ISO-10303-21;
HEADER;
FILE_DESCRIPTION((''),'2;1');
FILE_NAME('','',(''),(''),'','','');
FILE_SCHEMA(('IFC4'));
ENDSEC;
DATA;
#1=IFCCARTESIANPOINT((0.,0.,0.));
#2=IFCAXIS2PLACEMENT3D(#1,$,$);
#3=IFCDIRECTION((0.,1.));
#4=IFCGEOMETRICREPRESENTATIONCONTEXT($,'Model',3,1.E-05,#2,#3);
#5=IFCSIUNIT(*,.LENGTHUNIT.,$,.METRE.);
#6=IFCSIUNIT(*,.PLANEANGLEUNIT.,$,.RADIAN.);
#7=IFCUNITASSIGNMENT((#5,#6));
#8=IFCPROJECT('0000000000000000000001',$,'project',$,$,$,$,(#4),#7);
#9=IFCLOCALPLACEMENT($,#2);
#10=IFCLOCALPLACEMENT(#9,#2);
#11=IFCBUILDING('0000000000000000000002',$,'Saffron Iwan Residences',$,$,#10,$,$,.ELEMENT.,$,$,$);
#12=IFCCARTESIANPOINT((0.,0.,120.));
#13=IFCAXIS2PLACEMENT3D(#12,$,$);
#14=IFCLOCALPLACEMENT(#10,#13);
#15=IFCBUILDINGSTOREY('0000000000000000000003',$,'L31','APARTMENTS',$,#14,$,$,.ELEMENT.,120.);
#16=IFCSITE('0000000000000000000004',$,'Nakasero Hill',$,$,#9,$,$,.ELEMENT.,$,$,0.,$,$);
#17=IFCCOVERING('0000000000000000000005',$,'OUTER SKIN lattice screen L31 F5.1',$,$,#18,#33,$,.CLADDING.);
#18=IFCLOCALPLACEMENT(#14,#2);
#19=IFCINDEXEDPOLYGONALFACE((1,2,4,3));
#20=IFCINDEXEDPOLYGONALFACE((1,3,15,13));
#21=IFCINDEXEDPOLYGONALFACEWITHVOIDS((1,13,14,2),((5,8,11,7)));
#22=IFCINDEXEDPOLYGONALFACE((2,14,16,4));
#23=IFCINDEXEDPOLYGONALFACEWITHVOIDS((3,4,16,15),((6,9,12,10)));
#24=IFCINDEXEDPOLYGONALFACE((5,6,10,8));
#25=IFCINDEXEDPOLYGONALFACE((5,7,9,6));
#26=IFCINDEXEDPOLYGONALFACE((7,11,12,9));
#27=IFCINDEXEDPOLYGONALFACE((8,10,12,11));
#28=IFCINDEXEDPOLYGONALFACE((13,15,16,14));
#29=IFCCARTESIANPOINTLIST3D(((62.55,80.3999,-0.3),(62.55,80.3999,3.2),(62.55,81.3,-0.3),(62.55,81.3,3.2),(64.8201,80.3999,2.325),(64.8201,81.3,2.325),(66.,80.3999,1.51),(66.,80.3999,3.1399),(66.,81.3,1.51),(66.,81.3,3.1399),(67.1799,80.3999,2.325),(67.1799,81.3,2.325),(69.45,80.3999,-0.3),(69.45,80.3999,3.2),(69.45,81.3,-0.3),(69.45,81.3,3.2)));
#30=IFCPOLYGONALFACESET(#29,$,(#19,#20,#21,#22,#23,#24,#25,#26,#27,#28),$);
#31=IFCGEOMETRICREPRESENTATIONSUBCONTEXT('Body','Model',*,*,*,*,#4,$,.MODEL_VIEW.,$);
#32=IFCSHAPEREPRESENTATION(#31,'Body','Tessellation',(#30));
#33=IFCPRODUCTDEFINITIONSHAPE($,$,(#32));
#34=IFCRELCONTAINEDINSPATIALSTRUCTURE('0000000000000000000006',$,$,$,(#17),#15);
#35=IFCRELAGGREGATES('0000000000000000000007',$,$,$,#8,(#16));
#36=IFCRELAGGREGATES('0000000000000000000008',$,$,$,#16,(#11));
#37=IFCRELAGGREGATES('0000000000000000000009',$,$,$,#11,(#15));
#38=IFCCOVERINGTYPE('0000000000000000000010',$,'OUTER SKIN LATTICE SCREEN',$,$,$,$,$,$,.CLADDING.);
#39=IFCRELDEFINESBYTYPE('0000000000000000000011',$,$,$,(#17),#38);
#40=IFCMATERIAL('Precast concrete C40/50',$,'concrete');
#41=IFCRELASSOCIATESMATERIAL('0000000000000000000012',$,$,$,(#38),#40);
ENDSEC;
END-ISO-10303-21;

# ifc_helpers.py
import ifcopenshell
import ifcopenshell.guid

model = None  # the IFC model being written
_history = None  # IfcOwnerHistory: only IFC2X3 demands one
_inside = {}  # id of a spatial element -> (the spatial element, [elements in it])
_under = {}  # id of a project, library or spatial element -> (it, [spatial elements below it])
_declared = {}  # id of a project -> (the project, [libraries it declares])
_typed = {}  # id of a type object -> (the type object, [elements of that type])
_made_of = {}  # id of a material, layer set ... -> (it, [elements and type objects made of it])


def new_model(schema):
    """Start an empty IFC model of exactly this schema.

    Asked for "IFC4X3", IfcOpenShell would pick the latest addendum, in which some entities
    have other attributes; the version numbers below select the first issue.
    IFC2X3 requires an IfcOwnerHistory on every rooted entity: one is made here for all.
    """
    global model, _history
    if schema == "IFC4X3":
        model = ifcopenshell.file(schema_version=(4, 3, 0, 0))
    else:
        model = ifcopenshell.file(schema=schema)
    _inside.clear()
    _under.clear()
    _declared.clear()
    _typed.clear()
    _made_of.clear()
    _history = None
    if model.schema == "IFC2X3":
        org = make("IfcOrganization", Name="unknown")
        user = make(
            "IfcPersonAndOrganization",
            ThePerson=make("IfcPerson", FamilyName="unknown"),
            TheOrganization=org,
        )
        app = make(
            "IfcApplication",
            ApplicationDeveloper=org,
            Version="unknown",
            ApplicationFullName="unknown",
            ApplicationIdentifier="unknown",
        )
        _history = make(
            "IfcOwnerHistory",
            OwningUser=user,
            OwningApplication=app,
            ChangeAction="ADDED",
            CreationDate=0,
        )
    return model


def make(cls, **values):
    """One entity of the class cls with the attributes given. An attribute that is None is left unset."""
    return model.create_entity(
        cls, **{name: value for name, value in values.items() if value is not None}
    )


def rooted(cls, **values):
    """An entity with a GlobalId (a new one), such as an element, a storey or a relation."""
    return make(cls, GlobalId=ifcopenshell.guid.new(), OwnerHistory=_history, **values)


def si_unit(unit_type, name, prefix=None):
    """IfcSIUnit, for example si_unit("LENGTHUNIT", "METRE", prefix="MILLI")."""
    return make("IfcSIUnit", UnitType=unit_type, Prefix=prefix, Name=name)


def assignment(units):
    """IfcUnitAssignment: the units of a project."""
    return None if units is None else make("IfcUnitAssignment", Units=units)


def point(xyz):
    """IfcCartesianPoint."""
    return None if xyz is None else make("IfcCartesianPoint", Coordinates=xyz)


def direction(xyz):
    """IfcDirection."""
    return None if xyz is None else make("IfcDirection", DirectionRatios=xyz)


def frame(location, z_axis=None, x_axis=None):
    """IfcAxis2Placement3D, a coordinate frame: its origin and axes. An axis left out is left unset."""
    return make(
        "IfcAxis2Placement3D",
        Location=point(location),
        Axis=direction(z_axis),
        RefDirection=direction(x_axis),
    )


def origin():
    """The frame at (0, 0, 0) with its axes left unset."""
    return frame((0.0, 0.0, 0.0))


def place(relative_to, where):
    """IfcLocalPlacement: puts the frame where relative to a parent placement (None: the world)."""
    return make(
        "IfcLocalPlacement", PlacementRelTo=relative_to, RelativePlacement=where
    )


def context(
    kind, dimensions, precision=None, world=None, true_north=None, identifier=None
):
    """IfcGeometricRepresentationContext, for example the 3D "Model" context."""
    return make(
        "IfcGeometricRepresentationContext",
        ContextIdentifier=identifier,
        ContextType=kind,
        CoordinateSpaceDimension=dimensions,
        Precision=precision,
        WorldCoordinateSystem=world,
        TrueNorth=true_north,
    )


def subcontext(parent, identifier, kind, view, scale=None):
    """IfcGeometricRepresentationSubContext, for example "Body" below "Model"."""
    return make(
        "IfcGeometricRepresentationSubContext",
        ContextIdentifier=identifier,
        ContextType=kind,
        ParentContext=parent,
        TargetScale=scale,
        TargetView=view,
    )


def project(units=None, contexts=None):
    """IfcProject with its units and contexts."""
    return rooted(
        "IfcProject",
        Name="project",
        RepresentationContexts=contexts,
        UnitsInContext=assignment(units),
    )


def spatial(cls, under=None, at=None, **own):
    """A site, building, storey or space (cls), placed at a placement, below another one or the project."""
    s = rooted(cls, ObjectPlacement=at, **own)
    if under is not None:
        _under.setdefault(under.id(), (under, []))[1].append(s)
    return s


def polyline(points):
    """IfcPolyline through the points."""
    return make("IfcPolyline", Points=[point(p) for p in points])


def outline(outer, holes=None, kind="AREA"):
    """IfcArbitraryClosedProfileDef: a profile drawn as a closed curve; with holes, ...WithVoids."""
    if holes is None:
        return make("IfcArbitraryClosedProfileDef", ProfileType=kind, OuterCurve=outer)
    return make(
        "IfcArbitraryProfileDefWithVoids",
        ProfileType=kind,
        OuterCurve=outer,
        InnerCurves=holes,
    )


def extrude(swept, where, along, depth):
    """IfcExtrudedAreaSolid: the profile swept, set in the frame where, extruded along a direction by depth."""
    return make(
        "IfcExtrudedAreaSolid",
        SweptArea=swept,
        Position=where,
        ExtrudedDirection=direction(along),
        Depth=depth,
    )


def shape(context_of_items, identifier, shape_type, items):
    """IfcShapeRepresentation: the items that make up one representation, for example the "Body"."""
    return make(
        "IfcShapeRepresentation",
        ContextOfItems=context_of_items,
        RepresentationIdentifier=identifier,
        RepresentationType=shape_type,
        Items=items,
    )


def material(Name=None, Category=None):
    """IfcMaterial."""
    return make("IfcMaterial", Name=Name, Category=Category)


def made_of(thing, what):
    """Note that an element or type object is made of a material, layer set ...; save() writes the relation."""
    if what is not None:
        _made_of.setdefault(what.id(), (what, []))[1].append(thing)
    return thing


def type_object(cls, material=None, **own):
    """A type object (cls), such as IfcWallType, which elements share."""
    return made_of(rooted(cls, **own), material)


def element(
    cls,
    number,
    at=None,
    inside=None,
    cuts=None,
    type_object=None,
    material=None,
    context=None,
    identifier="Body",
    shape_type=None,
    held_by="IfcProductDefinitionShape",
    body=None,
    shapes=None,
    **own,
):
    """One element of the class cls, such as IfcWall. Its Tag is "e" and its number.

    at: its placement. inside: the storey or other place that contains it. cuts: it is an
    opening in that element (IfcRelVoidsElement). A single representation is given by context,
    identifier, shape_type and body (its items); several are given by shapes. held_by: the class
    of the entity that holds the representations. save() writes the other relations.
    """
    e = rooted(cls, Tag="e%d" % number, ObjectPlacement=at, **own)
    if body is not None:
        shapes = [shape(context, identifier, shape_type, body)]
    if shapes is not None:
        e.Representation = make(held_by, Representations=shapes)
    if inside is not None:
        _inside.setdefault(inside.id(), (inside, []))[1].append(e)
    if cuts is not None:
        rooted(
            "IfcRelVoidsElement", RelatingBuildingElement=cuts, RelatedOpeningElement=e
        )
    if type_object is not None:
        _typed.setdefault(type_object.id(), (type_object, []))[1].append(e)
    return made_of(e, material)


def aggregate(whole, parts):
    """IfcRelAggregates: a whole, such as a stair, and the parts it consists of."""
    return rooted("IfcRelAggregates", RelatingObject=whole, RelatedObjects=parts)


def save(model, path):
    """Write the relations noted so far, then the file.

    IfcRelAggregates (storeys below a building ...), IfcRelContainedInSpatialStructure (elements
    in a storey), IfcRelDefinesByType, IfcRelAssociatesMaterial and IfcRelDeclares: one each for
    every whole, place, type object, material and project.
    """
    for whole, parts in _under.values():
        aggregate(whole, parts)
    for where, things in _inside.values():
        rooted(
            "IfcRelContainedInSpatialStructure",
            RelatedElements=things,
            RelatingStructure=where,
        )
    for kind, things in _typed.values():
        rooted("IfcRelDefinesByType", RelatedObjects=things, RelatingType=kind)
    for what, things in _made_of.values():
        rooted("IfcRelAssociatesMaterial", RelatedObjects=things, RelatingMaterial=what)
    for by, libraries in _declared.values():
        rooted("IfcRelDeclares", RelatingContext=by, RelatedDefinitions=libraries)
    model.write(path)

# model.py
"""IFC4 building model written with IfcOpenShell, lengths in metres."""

from ifc_helpers import new_model, si_unit, direction, frame, origin, place, context, subcontext, project, spatial, polyline, outline, extrude, material, type_object, element, save


model = new_model("IFC4")

# Units and contexts
model_context = context("Model", 3, precision=1e-05, world=origin(), true_north=direction((0.0, 1.0)))
body_context = subcontext(model_context, "Body", "Model", "MODEL_VIEW")
ifc_project = project(units=[si_unit("LENGTHUNIT", "METRE"), si_unit("PLANEANGLEUNIT", "RADIAN")], contexts=[model_context])

# Site, building, storey
site_placement = place(None, origin())
site = spatial("IfcSite", under=ifc_project, at=site_placement, Name="Nakasero Hill", CompositionType="ELEMENT", RefElevation=0.0)
building_placement = place(site_placement, origin())
building = spatial("IfcBuilding", under=site, at=building_placement, Name="Saffron Iwan Residences", CompositionType="ELEMENT")
storey_placement = place(building_placement, frame((0.0, 0.0, 120.0)))
storey = spatial("IfcBuildingStorey", under=building, at=storey_placement, Name="L31", Description="APARTMENTS", CompositionType="ELEMENT", Elevation=120.0)

# Covering
ifc_material_1 = material(Name="Precast concrete C40/50", Category="concrete")
covering_type = type_object("IfcCoveringType", Name="OUTER SKIN LATTICE SCREEN", PredefinedType="CLADDING", material=ifc_material_1)
covering_placement = place(storey_placement, frame((69.45, 80.3999, -0.3), z_axis=(0.0, 1.0, 0.0), x_axis=(-1.0, 0.0, 0.0)))
element("IfcCovering", 1, at=covering_placement, inside=storey, type_object=covering_type, Name="OUTER SKIN lattice screen L31 F5.1", PredefinedType="CLADDING", context=body_context, shape_type="SweptSolid", body=[
    extrude(outline(polyline([(0.0, 0.0), (6.8999, 0.0), (6.8999, 3.5), (0.0, 3.5), (0.0, 0.0)]), holes=[polyline([(2.27, 2.625), (3.45, 1.8101), (4.6299, 2.625), (3.45, 3.4399), (2.27, 2.625)])]), origin(), (0.0, 0.0, 1.0), 0.9001),
])

save(model, "model.ifc")
